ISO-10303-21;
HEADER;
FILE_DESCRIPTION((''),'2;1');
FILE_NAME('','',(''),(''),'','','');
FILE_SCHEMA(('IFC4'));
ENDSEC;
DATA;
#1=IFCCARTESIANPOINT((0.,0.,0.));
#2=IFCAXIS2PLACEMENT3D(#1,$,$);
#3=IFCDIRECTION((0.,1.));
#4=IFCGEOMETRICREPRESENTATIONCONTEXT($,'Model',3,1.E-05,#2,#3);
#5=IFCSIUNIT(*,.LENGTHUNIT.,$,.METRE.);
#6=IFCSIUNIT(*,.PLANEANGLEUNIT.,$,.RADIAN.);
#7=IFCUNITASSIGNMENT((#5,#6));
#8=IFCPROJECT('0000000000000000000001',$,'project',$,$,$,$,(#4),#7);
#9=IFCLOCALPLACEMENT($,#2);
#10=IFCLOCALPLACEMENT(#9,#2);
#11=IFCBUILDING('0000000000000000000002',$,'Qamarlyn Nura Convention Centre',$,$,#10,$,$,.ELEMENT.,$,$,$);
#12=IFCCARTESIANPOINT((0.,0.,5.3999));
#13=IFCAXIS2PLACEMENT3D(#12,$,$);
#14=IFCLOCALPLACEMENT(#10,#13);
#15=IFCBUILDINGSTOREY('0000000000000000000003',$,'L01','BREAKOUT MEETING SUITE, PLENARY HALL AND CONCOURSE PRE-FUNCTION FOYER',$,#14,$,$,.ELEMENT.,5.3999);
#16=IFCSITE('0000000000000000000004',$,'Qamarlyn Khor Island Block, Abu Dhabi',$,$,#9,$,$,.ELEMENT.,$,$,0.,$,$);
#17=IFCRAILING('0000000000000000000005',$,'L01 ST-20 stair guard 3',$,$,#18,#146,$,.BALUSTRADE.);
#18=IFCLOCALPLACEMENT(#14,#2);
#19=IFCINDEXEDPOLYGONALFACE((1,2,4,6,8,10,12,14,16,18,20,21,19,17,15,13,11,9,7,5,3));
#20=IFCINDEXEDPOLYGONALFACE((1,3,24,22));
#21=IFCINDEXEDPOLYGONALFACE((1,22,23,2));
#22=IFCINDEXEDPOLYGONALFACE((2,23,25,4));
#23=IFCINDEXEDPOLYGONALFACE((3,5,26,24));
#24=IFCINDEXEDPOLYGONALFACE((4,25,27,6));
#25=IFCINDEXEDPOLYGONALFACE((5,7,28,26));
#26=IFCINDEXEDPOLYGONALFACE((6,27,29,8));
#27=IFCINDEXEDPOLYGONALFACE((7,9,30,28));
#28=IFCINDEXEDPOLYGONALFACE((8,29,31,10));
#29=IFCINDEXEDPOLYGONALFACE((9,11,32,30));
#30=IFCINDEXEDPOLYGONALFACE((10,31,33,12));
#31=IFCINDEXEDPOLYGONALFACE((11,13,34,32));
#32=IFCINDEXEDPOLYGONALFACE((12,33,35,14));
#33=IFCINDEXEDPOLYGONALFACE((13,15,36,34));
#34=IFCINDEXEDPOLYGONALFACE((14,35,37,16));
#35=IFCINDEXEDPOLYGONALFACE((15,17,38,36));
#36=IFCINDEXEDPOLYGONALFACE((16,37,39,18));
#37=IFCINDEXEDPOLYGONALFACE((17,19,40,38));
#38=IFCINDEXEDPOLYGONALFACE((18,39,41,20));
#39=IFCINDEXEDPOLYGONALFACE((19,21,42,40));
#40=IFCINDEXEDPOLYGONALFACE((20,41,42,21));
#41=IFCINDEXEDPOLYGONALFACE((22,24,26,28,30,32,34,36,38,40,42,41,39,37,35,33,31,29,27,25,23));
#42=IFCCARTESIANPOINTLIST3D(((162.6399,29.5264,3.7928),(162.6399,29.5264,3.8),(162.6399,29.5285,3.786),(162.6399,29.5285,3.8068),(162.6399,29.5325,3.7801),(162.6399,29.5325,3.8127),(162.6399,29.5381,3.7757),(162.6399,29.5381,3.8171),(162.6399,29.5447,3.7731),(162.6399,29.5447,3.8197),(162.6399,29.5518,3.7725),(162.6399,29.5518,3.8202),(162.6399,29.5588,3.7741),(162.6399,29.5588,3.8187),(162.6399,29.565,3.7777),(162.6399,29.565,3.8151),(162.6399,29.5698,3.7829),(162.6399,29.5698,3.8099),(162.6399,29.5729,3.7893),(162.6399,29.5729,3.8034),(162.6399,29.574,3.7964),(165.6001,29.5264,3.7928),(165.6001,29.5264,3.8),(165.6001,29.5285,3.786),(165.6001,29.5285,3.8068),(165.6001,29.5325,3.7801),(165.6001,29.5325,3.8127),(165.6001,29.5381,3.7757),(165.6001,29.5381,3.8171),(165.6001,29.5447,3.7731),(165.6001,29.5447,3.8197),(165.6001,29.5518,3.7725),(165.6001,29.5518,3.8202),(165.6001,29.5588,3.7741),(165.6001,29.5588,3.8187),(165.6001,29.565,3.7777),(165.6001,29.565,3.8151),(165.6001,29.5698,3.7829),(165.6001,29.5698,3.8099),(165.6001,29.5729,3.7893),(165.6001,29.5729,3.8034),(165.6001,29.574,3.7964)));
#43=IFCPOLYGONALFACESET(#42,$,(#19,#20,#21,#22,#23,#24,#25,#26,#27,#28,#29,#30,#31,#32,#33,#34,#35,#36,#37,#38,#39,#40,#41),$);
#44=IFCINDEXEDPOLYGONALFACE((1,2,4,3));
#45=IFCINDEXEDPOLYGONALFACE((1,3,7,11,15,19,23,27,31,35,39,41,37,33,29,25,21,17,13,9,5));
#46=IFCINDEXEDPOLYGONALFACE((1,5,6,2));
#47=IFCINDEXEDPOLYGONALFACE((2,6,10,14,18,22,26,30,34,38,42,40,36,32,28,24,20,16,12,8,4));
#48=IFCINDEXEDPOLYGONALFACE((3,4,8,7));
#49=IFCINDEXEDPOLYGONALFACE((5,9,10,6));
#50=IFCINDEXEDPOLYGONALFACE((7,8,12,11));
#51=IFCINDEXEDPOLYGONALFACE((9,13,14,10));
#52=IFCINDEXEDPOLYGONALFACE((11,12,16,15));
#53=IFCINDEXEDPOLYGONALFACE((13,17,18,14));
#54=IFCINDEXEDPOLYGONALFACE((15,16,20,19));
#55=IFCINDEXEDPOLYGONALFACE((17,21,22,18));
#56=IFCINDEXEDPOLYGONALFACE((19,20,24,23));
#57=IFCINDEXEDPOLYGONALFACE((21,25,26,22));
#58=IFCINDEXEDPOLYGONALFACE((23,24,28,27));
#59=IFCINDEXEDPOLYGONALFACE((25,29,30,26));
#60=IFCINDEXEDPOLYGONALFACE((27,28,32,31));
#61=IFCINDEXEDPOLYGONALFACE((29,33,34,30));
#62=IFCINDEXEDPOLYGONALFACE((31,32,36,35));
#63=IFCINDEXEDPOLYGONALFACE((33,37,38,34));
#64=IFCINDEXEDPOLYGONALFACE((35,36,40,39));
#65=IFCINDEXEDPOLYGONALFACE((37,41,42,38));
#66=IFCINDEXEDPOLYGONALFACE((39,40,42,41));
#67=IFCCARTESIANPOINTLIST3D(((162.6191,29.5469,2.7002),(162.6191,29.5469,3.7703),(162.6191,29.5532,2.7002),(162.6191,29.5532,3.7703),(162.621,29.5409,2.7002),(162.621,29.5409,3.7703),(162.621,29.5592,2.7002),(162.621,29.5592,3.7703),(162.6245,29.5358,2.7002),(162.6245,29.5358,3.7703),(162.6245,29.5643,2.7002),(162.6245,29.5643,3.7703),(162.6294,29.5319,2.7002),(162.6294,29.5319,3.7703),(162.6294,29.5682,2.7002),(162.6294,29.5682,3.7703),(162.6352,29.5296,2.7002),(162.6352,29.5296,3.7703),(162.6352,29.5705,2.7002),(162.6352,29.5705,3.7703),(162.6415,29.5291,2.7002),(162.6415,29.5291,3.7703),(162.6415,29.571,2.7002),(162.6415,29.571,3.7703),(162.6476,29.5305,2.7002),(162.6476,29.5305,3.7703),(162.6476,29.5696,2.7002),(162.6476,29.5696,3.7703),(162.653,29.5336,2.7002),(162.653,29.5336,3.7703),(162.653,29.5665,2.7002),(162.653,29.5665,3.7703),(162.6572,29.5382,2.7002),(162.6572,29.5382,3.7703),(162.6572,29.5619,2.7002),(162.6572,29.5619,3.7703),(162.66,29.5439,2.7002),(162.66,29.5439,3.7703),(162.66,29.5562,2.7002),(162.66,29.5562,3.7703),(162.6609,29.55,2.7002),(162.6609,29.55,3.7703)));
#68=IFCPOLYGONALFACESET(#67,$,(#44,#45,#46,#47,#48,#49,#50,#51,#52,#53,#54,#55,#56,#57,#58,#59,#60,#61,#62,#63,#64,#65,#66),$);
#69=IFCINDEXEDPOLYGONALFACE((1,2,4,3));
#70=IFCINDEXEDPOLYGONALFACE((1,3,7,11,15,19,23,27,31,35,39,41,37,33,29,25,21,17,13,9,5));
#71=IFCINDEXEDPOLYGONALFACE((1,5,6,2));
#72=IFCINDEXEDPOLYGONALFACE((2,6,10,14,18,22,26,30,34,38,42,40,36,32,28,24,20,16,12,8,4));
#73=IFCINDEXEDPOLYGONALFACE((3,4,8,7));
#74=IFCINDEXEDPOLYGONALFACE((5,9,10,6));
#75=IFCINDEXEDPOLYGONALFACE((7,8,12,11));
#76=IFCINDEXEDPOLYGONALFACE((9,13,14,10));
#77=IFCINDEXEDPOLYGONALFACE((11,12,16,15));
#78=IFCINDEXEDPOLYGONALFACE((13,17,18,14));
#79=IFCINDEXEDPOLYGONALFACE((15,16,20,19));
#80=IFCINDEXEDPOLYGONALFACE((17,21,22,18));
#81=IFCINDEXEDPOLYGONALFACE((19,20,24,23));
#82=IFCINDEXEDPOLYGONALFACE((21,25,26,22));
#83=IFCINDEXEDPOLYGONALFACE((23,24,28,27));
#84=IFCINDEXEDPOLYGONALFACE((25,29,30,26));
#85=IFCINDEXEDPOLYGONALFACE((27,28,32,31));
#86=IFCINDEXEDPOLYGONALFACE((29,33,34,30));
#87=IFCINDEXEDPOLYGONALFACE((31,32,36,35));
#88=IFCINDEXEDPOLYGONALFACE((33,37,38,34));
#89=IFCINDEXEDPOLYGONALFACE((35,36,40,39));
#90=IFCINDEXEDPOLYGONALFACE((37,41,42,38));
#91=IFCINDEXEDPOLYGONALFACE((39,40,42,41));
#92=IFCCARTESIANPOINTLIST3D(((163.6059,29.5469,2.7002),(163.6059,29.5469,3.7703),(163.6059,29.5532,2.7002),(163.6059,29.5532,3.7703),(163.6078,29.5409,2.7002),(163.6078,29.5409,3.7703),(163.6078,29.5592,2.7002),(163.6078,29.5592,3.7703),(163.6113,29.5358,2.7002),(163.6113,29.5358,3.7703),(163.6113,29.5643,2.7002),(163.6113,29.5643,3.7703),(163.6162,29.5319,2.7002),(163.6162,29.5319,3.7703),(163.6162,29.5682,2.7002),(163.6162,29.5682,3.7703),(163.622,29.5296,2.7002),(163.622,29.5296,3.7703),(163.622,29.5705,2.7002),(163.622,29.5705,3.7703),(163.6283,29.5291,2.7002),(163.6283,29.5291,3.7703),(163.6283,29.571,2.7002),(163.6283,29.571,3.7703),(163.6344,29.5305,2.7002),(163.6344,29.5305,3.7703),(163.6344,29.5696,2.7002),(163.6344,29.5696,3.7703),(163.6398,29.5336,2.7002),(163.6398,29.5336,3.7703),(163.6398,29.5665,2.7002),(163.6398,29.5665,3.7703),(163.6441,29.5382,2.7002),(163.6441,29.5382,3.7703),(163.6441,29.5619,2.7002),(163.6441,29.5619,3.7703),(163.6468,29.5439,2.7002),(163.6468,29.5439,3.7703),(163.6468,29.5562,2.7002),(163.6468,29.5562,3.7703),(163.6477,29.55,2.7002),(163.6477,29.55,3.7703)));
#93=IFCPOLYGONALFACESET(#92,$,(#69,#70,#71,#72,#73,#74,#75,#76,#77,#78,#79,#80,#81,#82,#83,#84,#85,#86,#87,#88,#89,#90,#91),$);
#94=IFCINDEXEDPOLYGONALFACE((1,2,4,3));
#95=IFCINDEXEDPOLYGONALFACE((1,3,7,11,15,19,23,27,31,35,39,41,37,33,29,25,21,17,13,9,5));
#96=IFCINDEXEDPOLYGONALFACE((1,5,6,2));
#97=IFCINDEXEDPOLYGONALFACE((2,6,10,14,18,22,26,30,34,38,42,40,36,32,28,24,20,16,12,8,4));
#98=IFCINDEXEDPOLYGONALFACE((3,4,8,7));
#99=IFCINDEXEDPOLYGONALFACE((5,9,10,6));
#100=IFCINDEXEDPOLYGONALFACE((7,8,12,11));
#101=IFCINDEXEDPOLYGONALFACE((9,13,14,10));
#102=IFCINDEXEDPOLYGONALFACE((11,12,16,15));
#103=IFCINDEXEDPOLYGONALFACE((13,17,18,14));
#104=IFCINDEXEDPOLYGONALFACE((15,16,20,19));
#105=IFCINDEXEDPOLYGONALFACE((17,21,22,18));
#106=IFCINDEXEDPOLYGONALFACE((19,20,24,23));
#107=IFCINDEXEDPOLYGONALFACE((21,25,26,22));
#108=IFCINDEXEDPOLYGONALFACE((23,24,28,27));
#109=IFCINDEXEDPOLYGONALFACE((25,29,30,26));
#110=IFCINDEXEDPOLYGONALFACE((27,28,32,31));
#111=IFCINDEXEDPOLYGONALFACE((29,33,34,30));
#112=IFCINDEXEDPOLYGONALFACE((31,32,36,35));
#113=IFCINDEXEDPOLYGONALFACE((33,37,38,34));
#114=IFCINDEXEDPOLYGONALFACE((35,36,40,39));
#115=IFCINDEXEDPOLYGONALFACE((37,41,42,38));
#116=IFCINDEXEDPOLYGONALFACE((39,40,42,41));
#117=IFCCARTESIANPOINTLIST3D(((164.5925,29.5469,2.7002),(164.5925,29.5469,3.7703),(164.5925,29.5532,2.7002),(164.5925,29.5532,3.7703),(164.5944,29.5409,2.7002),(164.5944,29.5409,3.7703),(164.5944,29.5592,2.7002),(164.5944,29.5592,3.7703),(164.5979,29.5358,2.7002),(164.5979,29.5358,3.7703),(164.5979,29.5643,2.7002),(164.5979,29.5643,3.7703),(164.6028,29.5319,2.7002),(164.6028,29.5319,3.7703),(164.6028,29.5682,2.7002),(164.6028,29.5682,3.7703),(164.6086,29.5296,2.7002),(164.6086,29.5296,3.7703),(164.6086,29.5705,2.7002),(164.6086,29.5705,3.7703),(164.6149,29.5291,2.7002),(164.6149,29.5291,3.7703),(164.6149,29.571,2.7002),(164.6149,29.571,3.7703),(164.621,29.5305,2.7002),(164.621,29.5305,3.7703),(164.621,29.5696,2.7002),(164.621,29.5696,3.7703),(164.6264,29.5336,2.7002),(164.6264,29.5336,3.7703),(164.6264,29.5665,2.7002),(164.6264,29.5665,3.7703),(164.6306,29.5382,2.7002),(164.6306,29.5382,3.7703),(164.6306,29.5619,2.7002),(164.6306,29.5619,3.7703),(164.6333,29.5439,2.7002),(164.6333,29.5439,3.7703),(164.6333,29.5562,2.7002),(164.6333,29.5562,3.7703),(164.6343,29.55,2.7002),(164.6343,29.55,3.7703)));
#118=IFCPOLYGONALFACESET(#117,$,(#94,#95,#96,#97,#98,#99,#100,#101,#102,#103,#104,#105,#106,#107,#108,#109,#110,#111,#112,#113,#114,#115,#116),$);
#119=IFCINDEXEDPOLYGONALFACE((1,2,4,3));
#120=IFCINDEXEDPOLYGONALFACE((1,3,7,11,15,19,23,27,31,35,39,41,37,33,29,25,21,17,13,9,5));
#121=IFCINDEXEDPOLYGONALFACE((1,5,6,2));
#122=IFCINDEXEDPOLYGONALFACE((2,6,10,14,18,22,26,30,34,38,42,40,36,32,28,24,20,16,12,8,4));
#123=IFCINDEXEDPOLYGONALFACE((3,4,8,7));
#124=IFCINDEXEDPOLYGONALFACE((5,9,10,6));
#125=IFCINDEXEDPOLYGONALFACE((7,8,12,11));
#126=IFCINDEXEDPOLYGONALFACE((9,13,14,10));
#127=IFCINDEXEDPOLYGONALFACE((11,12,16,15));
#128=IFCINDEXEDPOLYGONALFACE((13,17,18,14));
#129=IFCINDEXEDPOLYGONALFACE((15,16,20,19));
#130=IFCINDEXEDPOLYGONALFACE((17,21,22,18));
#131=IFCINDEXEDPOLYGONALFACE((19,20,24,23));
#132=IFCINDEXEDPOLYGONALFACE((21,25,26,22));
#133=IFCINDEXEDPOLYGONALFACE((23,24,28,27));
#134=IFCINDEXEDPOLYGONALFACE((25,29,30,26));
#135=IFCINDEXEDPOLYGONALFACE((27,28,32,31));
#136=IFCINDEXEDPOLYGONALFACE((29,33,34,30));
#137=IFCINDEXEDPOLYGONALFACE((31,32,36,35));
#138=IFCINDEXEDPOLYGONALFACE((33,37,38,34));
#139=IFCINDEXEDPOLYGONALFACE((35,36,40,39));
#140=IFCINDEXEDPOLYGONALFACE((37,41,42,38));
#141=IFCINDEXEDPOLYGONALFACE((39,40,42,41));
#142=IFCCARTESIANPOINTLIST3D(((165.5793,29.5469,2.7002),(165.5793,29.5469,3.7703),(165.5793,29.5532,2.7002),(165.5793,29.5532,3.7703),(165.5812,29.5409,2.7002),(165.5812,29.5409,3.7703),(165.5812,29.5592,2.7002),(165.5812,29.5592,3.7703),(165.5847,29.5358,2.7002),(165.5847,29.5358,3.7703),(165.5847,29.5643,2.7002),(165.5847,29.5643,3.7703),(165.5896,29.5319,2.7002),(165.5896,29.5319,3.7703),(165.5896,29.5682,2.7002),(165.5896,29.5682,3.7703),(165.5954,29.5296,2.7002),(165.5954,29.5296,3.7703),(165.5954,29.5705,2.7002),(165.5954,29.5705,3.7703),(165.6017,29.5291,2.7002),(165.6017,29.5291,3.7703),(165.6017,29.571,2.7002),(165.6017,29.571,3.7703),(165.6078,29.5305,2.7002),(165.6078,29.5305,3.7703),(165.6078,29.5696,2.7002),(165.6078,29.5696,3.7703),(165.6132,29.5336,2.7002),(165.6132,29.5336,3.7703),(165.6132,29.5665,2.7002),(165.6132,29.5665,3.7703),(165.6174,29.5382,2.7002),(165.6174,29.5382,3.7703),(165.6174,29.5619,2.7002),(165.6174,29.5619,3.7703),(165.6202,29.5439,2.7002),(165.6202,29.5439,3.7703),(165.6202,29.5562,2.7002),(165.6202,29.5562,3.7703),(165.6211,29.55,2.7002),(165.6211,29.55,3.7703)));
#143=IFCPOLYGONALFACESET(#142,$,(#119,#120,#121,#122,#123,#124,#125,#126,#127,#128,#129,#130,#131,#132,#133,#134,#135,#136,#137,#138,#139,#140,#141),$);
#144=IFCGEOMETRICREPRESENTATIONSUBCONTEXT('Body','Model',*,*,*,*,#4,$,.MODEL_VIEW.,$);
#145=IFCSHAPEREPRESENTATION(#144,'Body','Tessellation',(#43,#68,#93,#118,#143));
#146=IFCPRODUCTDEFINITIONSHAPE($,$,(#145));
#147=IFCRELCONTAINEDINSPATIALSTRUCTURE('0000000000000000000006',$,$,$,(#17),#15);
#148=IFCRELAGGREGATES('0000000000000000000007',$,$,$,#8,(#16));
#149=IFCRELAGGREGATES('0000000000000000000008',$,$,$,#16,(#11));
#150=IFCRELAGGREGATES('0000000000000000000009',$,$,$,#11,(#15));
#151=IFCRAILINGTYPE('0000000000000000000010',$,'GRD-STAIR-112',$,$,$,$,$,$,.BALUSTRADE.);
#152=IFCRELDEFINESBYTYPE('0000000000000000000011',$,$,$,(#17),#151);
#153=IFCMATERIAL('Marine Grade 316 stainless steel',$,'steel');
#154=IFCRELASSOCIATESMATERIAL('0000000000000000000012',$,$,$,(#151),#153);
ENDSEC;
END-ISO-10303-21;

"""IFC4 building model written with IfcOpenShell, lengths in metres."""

from ifc_helpers import new_model, si_unit, direction, frame, origin, origin_2d, place, context, subcontext, project, spatial, circle, extrude, material, type_object, element, save


model = new_model("IFC4")

# Units and contexts
model_context = context("Model", 3, precision=1e-05, world=origin(), true_north=direction((0.0, 1.0)))
body_context = subcontext(model_context, "Body", "Model", "MODEL_VIEW")
ifc_project = project(units=[si_unit("LENGTHUNIT", "METRE"), si_unit("PLANEANGLEUNIT", "RADIAN")], contexts=[model_context])

# Site, building, storey
site_placement = place(None, origin())
site = spatial("IfcSite", under=ifc_project, at=site_placement, Name="Qamarlyn Khor Island Block, Abu Dhabi", CompositionType="ELEMENT", RefElevation=0.0)
building_placement = place(site_placement, origin())
building = spatial("IfcBuilding", under=site, at=building_placement, Name="Qamarlyn Nura Convention Centre", CompositionType="ELEMENT")
storey_placement = place(building_placement, frame((0.0, 0.0, 5.3999)))
storey = spatial("IfcBuildingStorey", under=building, at=storey_placement, Name="L01", Description="BREAKOUT MEETING SUITE, PLENARY HALL AND CONCOURSE PRE-FUNCTION FOYER", CompositionType="ELEMENT", Elevation=5.3999)

# Railing
ifc_material_1 = material(Name="Marine Grade 316 stainless steel", Category="steel")
railing_type_1 = type_object("IfcRailingType", Name="GRD-STAIR-112", PredefinedType="BALUSTRADE", material=ifc_material_1)
for number, where, name in (
    (1, (162.6399, 29.55, 2.7002), "L01 ST-20 stair guard 3"),
):
    element("IfcRailing", number, at=place(storey_placement, frame(where)), inside=storey, type_object=railing_type_1, Name=name, PredefinedType="BALUSTRADE", context=body_context, shape_type="SweptSolid", body=[
        extrude(circle(Radius=0.0239, at=origin_2d()), frame((0.0, 0.0, 1.0962), z_axis=(1.0, 0.0, 0.0), x_axis=(0.0, 1.0, 0.0)), (0.0, 0.0, 1.0), 2.9602),
        extrude(circle(Radius=0.021, at=origin_2d()), origin(), (0.0, 0.0, 1.0), 1.0701),
        extrude(circle(Radius=0.021, at=origin_2d()), frame((0.9868, 0.0, 0.0)), (0.0, 0.0, 1.0), 1.0701),
        extrude(circle(Radius=0.021, at=origin_2d()), frame((1.9734, 0.0, 0.0)), (0.0, 0.0, 1.0), 1.0701),
        extrude(circle(Radius=0.021, at=origin_2d()), frame((2.9602, 0.0, 0.0)), (0.0, 0.0, 1.0), 1.0701),
    ])

save(model, "model.ifc")
